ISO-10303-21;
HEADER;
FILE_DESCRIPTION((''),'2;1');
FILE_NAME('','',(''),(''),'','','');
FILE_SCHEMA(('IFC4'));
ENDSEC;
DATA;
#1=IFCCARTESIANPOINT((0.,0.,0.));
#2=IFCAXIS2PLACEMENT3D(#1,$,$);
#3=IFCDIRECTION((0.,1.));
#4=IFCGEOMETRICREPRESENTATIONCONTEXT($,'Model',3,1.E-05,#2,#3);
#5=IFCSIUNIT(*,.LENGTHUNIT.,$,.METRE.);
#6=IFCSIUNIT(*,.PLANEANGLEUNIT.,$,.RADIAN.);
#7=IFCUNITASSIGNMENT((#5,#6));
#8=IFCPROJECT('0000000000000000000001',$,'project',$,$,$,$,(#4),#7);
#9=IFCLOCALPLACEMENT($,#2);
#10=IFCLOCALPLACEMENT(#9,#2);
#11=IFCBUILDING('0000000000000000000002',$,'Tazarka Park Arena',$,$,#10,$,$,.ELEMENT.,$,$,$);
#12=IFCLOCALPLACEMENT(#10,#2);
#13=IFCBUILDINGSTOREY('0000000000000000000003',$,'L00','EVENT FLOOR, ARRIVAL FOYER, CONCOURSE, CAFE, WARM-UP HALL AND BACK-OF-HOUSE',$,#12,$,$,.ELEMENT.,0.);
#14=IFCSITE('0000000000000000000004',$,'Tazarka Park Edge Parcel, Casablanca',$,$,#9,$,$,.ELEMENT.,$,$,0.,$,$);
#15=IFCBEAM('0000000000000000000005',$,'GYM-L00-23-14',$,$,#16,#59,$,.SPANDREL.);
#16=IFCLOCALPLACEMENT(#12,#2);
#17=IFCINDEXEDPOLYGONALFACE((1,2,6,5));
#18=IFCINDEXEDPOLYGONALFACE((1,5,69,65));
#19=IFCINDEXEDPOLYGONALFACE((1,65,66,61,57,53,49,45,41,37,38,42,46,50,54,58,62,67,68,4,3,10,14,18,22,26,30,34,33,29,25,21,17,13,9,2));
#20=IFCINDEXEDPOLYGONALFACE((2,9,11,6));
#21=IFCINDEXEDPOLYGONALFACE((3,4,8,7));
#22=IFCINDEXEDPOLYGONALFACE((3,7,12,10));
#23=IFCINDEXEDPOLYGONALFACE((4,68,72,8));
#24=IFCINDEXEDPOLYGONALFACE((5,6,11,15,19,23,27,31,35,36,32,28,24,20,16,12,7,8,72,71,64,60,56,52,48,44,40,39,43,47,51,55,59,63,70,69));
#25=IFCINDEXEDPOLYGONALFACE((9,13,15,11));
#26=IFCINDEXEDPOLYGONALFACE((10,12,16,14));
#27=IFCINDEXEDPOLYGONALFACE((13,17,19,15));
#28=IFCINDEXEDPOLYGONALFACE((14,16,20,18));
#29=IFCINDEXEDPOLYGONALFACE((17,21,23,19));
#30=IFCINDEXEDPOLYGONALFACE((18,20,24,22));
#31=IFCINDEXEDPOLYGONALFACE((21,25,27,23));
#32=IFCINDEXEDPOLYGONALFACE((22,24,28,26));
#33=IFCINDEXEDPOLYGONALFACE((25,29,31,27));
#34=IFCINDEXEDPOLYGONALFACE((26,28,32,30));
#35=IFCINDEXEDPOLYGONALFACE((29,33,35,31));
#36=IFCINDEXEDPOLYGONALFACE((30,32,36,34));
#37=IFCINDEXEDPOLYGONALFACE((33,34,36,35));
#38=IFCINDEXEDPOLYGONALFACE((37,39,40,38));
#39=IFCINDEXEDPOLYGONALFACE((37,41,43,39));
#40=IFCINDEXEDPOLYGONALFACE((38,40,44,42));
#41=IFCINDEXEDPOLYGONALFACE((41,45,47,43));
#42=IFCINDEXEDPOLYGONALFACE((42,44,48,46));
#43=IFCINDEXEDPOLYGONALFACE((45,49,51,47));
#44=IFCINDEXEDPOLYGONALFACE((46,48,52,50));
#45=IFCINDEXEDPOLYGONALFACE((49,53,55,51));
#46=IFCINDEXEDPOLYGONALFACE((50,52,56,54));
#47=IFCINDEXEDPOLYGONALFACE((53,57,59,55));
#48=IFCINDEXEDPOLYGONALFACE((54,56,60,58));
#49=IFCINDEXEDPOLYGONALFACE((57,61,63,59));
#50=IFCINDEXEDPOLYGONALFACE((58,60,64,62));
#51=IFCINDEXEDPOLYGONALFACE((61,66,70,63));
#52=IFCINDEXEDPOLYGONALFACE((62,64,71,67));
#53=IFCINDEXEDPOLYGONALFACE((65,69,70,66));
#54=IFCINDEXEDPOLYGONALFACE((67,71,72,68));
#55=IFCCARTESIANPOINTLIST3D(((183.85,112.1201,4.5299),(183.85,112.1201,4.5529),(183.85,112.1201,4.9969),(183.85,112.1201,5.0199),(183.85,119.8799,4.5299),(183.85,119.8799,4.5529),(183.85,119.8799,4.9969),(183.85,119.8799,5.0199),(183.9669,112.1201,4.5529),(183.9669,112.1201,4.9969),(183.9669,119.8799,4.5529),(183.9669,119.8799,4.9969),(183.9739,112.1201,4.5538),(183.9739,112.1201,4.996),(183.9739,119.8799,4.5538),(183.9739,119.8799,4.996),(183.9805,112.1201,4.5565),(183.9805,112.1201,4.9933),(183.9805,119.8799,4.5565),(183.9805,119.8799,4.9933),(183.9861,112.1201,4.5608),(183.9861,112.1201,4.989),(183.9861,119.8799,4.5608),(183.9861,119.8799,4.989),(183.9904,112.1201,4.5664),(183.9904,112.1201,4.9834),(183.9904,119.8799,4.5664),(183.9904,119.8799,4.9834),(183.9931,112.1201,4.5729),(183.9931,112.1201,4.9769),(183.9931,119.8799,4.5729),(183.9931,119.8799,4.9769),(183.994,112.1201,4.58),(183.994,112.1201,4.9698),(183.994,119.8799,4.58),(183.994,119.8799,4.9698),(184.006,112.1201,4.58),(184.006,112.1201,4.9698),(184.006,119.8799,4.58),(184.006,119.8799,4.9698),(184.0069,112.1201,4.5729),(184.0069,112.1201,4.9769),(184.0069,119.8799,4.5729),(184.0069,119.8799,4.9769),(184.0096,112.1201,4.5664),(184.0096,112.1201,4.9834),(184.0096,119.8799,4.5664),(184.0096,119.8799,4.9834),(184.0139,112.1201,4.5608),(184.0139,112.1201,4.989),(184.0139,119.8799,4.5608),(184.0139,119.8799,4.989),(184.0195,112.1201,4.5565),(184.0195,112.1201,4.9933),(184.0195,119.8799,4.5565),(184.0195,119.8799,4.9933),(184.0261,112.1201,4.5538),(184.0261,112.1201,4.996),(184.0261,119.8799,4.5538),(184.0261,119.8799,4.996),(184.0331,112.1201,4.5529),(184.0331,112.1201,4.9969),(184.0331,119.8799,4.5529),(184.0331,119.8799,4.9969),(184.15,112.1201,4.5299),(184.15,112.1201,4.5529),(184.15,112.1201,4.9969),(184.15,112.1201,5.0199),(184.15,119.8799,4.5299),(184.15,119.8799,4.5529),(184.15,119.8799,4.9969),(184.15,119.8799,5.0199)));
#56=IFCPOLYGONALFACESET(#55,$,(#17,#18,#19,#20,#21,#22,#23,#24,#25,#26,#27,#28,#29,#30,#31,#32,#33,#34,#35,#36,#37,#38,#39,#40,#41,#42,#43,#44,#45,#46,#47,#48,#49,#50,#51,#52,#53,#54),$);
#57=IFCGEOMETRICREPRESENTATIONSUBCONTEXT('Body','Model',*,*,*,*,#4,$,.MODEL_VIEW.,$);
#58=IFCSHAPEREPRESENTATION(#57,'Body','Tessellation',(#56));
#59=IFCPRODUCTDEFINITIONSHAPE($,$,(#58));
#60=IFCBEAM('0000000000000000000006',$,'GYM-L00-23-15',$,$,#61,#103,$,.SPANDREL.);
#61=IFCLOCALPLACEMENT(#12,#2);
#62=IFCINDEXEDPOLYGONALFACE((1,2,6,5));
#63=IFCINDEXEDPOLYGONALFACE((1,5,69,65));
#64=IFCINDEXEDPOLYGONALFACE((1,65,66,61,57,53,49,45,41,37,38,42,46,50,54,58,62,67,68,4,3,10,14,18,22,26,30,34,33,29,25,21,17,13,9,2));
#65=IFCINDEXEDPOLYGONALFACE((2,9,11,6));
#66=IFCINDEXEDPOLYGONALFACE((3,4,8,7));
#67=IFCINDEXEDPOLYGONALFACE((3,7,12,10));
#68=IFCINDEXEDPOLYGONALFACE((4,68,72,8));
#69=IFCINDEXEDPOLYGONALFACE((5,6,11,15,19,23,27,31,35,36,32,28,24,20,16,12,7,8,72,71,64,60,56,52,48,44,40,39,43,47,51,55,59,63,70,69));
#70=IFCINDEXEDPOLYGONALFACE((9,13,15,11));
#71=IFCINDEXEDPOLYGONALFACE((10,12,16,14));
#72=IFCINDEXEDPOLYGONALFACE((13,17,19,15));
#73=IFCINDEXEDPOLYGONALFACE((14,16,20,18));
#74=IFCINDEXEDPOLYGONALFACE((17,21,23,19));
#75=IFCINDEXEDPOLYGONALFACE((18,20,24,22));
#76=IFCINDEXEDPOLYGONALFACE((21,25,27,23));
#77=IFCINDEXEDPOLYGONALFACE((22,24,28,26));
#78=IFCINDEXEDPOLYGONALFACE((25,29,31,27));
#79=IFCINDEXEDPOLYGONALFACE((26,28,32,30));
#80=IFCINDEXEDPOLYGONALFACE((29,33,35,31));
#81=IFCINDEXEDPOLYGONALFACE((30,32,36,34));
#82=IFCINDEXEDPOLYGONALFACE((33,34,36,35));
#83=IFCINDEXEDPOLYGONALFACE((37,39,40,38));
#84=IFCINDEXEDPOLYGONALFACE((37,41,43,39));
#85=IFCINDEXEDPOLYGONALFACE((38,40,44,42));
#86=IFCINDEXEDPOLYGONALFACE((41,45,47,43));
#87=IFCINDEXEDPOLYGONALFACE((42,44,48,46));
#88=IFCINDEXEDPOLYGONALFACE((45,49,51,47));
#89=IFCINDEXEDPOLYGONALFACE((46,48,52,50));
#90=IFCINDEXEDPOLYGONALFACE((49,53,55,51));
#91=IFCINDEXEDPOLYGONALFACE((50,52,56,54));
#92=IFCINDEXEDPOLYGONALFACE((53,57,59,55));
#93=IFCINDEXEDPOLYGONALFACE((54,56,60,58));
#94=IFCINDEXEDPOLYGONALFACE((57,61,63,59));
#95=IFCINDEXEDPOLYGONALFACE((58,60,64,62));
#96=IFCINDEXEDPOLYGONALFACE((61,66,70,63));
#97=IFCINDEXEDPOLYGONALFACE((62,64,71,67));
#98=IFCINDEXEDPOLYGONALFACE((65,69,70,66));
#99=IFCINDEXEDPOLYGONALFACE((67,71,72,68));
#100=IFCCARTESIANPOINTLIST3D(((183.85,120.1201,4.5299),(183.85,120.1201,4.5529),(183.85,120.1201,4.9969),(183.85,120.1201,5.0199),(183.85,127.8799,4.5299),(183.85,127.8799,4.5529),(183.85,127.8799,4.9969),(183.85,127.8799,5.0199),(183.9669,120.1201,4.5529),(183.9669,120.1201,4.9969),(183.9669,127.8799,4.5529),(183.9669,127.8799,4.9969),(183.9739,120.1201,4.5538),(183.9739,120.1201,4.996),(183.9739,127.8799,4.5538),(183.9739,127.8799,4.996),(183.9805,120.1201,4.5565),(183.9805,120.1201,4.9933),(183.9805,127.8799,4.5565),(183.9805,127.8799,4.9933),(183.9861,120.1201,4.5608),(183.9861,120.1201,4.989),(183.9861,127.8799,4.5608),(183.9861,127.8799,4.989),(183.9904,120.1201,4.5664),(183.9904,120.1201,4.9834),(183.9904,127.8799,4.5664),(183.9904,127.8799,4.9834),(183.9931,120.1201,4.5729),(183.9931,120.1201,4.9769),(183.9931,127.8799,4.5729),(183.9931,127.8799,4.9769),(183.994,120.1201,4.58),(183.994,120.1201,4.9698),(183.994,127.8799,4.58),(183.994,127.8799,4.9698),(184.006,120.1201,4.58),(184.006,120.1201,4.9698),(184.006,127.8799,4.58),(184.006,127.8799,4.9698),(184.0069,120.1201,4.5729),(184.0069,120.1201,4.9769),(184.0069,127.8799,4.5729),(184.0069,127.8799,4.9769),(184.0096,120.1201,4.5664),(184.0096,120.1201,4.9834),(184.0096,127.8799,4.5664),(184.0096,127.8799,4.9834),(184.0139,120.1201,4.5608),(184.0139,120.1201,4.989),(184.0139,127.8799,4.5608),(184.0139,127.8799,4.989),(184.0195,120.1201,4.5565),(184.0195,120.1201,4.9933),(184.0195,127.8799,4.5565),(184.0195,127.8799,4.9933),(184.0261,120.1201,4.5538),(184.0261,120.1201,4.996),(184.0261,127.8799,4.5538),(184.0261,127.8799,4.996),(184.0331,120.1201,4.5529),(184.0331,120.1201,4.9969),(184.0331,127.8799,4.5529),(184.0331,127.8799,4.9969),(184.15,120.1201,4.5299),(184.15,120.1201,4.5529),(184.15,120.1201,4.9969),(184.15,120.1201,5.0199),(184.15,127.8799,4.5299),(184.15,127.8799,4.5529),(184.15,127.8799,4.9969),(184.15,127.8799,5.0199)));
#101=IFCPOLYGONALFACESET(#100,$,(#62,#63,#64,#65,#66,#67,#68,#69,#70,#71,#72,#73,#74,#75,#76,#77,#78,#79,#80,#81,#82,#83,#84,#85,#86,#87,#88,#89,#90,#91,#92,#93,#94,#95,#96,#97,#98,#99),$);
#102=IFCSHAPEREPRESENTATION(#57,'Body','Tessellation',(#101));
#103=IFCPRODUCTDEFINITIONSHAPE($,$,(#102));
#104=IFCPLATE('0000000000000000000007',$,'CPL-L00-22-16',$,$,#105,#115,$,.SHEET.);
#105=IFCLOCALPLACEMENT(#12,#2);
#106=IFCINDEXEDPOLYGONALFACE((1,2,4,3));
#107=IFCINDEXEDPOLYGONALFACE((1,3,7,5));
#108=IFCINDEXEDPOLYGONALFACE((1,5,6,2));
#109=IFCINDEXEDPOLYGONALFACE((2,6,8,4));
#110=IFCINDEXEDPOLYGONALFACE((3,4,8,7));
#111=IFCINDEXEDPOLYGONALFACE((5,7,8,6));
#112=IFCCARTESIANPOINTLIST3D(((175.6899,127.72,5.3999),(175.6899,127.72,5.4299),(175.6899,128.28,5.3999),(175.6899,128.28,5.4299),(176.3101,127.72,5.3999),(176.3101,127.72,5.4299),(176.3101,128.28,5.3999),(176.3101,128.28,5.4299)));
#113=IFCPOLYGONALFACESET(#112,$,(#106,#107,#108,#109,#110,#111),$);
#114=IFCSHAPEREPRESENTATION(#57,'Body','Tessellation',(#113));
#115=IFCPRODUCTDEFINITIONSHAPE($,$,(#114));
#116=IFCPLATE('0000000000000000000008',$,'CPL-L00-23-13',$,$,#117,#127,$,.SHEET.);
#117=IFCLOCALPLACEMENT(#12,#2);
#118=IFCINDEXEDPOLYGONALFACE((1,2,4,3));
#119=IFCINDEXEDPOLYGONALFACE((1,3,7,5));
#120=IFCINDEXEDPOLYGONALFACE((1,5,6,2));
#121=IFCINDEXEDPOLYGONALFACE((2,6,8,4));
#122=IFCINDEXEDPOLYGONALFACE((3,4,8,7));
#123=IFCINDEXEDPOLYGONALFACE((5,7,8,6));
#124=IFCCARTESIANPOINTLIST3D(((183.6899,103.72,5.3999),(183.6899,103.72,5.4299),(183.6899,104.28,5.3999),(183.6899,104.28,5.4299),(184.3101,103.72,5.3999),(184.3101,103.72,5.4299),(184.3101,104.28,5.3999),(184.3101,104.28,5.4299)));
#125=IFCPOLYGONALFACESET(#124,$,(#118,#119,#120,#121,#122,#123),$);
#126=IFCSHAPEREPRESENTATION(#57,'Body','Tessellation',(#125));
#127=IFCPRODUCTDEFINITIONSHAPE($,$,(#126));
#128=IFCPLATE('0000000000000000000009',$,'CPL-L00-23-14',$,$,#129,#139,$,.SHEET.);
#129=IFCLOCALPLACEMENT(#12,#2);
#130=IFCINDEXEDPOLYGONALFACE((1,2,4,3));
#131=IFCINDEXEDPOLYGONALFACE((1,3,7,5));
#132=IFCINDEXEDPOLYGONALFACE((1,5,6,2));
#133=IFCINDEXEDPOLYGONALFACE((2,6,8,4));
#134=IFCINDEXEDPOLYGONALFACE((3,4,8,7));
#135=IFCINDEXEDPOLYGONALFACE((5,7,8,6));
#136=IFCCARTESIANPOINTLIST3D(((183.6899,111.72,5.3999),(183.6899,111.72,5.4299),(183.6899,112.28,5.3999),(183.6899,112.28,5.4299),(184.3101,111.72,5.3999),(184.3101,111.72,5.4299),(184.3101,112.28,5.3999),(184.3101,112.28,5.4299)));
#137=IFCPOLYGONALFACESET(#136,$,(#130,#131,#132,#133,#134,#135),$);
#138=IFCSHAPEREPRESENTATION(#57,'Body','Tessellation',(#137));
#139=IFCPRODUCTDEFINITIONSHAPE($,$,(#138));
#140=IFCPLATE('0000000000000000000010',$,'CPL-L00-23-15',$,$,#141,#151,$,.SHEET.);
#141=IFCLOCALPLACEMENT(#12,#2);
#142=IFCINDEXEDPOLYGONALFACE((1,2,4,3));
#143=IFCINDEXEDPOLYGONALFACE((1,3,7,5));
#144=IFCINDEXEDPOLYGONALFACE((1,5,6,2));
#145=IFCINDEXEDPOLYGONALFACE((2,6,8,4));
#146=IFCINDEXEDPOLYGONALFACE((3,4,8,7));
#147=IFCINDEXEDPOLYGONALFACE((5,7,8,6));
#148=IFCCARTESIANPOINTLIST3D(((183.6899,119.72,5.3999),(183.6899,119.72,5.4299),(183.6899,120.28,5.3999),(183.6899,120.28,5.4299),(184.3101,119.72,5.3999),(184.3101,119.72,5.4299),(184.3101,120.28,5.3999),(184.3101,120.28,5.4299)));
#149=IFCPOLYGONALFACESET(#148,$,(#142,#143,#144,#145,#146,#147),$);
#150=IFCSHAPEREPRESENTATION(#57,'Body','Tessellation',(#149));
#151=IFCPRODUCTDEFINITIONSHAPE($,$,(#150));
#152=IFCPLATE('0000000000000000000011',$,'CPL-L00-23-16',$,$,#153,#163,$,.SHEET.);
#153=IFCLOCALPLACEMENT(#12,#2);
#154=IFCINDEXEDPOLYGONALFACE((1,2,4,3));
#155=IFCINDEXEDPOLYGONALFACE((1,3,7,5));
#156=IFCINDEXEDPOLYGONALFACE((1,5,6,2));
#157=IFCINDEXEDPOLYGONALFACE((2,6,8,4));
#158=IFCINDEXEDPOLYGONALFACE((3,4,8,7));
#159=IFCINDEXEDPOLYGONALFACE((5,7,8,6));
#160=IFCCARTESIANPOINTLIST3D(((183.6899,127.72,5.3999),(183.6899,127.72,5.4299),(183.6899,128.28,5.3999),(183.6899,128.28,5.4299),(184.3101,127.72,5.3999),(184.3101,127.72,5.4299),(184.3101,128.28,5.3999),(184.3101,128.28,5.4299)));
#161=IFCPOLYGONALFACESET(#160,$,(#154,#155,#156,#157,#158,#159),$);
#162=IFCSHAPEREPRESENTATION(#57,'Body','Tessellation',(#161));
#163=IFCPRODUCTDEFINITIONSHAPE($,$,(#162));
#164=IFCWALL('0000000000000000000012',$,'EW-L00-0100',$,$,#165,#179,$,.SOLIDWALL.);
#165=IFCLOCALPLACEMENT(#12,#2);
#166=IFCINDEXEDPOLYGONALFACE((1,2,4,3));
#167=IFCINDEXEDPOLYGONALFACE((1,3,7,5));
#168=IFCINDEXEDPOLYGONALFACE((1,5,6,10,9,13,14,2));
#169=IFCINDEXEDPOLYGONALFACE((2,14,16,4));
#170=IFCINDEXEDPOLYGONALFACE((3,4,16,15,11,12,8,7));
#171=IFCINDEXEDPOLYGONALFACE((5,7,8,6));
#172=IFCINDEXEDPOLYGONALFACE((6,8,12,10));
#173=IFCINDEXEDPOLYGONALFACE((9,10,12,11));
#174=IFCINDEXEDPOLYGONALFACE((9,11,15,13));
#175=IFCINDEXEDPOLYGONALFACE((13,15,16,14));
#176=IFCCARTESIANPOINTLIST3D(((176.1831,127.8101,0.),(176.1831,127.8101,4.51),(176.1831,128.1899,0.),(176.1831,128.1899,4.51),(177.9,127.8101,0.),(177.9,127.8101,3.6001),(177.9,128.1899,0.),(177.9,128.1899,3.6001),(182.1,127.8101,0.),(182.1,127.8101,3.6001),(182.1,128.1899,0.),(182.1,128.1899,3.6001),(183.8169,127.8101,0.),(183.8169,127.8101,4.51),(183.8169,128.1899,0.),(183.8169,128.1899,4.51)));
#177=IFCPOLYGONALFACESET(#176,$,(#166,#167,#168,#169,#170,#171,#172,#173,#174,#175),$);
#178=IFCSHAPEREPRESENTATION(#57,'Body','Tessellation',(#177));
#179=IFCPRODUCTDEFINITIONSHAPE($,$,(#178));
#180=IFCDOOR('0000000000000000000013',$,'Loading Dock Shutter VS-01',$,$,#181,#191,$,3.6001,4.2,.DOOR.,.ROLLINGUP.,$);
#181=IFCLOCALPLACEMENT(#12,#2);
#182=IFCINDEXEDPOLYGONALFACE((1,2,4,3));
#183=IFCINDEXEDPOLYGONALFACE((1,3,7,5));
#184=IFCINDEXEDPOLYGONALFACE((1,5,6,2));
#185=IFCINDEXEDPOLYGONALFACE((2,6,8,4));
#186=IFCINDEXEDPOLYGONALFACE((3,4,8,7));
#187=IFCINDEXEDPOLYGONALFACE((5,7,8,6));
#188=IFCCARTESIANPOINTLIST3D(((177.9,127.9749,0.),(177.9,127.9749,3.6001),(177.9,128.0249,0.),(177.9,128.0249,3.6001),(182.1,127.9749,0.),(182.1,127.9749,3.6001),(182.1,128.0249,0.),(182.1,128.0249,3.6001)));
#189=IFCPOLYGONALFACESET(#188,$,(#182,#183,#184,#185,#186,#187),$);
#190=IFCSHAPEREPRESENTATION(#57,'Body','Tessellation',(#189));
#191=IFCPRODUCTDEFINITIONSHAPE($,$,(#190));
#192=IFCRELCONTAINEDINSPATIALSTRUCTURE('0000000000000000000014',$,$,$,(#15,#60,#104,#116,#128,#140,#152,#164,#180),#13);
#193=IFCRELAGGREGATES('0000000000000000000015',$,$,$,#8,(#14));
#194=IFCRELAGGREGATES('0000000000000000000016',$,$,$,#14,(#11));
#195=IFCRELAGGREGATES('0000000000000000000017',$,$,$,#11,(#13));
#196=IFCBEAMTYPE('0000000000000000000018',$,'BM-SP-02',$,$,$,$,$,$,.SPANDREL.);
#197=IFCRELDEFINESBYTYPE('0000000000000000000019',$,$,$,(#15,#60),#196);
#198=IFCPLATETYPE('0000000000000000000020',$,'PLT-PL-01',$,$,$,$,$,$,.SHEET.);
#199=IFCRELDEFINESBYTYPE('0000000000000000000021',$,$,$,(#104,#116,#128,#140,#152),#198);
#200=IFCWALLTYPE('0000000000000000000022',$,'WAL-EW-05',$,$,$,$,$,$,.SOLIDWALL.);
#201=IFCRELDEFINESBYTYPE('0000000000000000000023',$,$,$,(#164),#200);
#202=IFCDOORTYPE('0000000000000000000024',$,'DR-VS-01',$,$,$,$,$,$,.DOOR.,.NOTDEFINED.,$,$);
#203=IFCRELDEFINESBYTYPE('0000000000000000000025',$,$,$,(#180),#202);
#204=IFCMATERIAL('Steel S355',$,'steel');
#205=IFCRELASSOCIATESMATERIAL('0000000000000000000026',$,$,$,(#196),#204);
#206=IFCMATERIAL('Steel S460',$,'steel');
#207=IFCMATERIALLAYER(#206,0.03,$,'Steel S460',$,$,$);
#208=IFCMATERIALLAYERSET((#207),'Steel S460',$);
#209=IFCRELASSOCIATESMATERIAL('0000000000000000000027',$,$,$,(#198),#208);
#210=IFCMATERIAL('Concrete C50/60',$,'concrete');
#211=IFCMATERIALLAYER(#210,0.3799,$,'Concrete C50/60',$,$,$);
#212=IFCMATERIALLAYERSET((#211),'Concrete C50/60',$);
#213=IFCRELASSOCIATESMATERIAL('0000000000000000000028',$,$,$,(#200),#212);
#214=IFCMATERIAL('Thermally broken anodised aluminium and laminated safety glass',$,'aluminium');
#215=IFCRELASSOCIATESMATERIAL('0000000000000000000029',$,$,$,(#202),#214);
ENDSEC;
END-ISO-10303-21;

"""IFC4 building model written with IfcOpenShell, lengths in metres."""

from ifc_helpers import new_model, si_unit, direction, frame, frame_2d, origin, origin_2d, place, context, subcontext, project, spatial, rectangle, i_section, extrude, material, layer, layer_set, material_profile, profile_set, type_object, element, fill, save


model = new_model("IFC4")

# Units and contexts
model_context = context("Model", 3, precision=1e-05, world=origin(), true_north=direction((0.0, 1.0)))
body_context = subcontext(model_context, "Body", "Model", "MODEL_VIEW")
ifc_project = project(units=[si_unit("LENGTHUNIT", "METRE"), si_unit("PLANEANGLEUNIT", "RADIAN")], contexts=[model_context])

# Site, building, storey
site_placement = place(None, origin())
site = spatial("IfcSite", under=ifc_project, at=site_placement, Name="Tazarka Park Edge Parcel, Casablanca", CompositionType="ELEMENT", RefElevation=0.0)
building_placement = place(site_placement, origin())
building = spatial("IfcBuilding", under=site, at=building_placement, Name="Tazarka Park Arena", CompositionType="ELEMENT")
storey_placement = place(building_placement, origin())
storey = spatial("IfcBuildingStorey", under=building, at=storey_placement, Name="L00", Description="EVENT FLOOR, ARRIVAL FOYER, CONCOURSE, CAFE, WARM-UP HALL AND BACK-OF-HOUSE", CompositionType="ELEMENT", Elevation=0.0)

# Beams
ifc_material_1 = material(Name="Steel S355", Category="steel")
ifc_material_profile_1 = material_profile(ifc_material_1, i_section(OverallWidth=0.3, OverallDepth=0.49, WebThickness=0.012, FlangeThickness=0.0229, FilletRadius=0.0271, at=origin_2d()), Name="Steel S355")
ifc_profile_set_1 = profile_set([ifc_material_profile_1], Name="Steel S355")
beam_type_1 = type_object("IfcBeamType", Name="BM-SP-02", PredefinedType="SPANDREL", material=ifc_profile_set_1)
for number, where, z_axis, x_axis, name in (
    (1, (184.0, 112.1201, 4.7749), (0.0, 1.0, 0.0), (-1.0, 0.0, 0.0), "GYM-L00-23-14"),
    (2, (184.0, 120.1201, 4.7749), (0.0, 1.0, 0.0), (-1.0, 0.0, 0.0), "GYM-L00-23-15"),
):
    element("IfcBeam", number, at=place(storey_placement, frame(where, z_axis=z_axis, x_axis=x_axis)), inside=storey, type_object=beam_type_1, Name=name, PredefinedType="SPANDREL", context=body_context, shape_type="SweptSolid", body=[
        extrude(i_section(OverallWidth=0.3, OverallDepth=0.49, WebThickness=0.012, FlangeThickness=0.0229, FilletRadius=0.0271, at=origin_2d()), origin(), (0.0, 0.0, 1.0), 7.7598),
    ])

# Plates
ifc_material_2 = material(Name="Steel S460", Category="steel")
ifc_layer_1 = layer(ifc_material_2, 0.03, Name="Steel S460")
ifc_layer_set_1 = layer_set([ifc_layer_1], Name="Steel S460")
plate_type = type_object("IfcPlateType", Name="PLT-PL-01", PredefinedType="SHEET", material=ifc_layer_set_1)
for number, where, z_axis, x_axis, name in (
    (3, (176.0, 128.0, 5.3999), (0.0, 0.0, 1.0), (1.0, 0.0, 0.0), "CPL-L00-22-16"),
    (4, (184.0, 104.0, 5.3999), (0.0, 0.0, 1.0), (1.0, 0.0, 0.0), "CPL-L00-23-13"),
    (5, (184.0, 112.0, 5.3999), (0.0, 0.0, 1.0), (1.0, 0.0, 0.0), "CPL-L00-23-14"),
    (6, (184.0, 120.0, 5.3999), (0.0, 0.0, 1.0), (1.0, 0.0, 0.0), "CPL-L00-23-15"),
    (7, (184.0, 128.0, 5.3999), (0.0, 0.0, 1.0), (1.0, 0.0, 0.0), "CPL-L00-23-16"),
):
    element("IfcPlate", number, at=place(storey_placement, frame(where, z_axis=z_axis, x_axis=x_axis)), inside=storey, type_object=plate_type, Name=name, PredefinedType="SHEET", context=body_context, shape_type="SweptSolid", body=[
        extrude(rectangle(XDim=0.6201, YDim=0.5601, at=origin_2d()), origin(), (0.0, 0.0, 1.0), 0.03),
    ])

# Wall, opening, door
ifc_material_3 = material(Name="Concrete C50/60", Category="concrete")
ifc_layer_2 = layer(ifc_material_3, 0.3799, Name="Concrete C50/60")
ifc_layer_set_2 = layer_set([ifc_layer_2], Name="Concrete C50/60")
wall_type_1 = type_object("IfcWallType", Name="WAL-EW-05", PredefinedType="SOLIDWALL", material=ifc_layer_set_2)
wall_1_placement = place(storey_placement, frame((176.1831, 128.0, 0.0), z_axis=(0.0, 0.0, 1.0), x_axis=(1.0, 0.0, 0.0)))
wall_1 = element("IfcWall", 8, at=wall_1_placement, inside=storey, type_object=wall_type_1, Name="EW-L00-0100", PredefinedType="SOLIDWALL", context=body_context, shape_type="SweptSolid", body=[
    extrude(rectangle(XDim=7.6338, YDim=0.3799, at=frame_2d((3.8169, 0.0))), origin(), (0.0, 0.0, 1.0), 4.51),
])
opening_1_placement = place(wall_1_placement, frame((1.7168, 0.0, 0.0)))
opening_1 = element("IfcOpeningElement", 9, at=opening_1_placement, cuts=wall_1, PredefinedType="OPENING", context=body_context, shape_type="SweptSolid", body=[
    extrude(rectangle(XDim=4.2, YDim=3.6001, at=frame_2d((2.1001, 1.8))), frame((0.0, 0.2, 0.0), z_axis=(0.0, -1.0, 0.0), x_axis=(1.0, 0.0, 0.0)), (0.0, 0.0, 1.0), 0.3999),
])
ifc_material_4 = material(Name="Thermally broken anodised aluminium and laminated safety glass", Category="aluminium")
door_type_1 = type_object("IfcDoorType", Name="DR-VS-01", OperationType="NOTDEFINED", PredefinedType="DOOR", material=ifc_material_4)
door_1_placement = place(opening_1_placement, origin())
door_1 = element("IfcDoor", 10, at=door_1_placement, inside=storey, type_object=door_type_1, Name="Loading Dock Shutter VS-01", OperationType="ROLLINGUP", OverallHeight=3.6001, OverallWidth=4.2, PredefinedType="DOOR", context=body_context, shape_type="SweptSolid", body=[
    extrude(rectangle(XDim=4.2, YDim=3.6001, at=frame_2d((2.1001, 1.8))), frame((0.0, 0.0249, 0.0), z_axis=(0.0, -1.0, 0.0), x_axis=(1.0, 0.0, 0.0)), (0.0, 0.0, 1.0), 0.05),
])
fill(opening_1, door_1)

save(model, "model.ifc")
